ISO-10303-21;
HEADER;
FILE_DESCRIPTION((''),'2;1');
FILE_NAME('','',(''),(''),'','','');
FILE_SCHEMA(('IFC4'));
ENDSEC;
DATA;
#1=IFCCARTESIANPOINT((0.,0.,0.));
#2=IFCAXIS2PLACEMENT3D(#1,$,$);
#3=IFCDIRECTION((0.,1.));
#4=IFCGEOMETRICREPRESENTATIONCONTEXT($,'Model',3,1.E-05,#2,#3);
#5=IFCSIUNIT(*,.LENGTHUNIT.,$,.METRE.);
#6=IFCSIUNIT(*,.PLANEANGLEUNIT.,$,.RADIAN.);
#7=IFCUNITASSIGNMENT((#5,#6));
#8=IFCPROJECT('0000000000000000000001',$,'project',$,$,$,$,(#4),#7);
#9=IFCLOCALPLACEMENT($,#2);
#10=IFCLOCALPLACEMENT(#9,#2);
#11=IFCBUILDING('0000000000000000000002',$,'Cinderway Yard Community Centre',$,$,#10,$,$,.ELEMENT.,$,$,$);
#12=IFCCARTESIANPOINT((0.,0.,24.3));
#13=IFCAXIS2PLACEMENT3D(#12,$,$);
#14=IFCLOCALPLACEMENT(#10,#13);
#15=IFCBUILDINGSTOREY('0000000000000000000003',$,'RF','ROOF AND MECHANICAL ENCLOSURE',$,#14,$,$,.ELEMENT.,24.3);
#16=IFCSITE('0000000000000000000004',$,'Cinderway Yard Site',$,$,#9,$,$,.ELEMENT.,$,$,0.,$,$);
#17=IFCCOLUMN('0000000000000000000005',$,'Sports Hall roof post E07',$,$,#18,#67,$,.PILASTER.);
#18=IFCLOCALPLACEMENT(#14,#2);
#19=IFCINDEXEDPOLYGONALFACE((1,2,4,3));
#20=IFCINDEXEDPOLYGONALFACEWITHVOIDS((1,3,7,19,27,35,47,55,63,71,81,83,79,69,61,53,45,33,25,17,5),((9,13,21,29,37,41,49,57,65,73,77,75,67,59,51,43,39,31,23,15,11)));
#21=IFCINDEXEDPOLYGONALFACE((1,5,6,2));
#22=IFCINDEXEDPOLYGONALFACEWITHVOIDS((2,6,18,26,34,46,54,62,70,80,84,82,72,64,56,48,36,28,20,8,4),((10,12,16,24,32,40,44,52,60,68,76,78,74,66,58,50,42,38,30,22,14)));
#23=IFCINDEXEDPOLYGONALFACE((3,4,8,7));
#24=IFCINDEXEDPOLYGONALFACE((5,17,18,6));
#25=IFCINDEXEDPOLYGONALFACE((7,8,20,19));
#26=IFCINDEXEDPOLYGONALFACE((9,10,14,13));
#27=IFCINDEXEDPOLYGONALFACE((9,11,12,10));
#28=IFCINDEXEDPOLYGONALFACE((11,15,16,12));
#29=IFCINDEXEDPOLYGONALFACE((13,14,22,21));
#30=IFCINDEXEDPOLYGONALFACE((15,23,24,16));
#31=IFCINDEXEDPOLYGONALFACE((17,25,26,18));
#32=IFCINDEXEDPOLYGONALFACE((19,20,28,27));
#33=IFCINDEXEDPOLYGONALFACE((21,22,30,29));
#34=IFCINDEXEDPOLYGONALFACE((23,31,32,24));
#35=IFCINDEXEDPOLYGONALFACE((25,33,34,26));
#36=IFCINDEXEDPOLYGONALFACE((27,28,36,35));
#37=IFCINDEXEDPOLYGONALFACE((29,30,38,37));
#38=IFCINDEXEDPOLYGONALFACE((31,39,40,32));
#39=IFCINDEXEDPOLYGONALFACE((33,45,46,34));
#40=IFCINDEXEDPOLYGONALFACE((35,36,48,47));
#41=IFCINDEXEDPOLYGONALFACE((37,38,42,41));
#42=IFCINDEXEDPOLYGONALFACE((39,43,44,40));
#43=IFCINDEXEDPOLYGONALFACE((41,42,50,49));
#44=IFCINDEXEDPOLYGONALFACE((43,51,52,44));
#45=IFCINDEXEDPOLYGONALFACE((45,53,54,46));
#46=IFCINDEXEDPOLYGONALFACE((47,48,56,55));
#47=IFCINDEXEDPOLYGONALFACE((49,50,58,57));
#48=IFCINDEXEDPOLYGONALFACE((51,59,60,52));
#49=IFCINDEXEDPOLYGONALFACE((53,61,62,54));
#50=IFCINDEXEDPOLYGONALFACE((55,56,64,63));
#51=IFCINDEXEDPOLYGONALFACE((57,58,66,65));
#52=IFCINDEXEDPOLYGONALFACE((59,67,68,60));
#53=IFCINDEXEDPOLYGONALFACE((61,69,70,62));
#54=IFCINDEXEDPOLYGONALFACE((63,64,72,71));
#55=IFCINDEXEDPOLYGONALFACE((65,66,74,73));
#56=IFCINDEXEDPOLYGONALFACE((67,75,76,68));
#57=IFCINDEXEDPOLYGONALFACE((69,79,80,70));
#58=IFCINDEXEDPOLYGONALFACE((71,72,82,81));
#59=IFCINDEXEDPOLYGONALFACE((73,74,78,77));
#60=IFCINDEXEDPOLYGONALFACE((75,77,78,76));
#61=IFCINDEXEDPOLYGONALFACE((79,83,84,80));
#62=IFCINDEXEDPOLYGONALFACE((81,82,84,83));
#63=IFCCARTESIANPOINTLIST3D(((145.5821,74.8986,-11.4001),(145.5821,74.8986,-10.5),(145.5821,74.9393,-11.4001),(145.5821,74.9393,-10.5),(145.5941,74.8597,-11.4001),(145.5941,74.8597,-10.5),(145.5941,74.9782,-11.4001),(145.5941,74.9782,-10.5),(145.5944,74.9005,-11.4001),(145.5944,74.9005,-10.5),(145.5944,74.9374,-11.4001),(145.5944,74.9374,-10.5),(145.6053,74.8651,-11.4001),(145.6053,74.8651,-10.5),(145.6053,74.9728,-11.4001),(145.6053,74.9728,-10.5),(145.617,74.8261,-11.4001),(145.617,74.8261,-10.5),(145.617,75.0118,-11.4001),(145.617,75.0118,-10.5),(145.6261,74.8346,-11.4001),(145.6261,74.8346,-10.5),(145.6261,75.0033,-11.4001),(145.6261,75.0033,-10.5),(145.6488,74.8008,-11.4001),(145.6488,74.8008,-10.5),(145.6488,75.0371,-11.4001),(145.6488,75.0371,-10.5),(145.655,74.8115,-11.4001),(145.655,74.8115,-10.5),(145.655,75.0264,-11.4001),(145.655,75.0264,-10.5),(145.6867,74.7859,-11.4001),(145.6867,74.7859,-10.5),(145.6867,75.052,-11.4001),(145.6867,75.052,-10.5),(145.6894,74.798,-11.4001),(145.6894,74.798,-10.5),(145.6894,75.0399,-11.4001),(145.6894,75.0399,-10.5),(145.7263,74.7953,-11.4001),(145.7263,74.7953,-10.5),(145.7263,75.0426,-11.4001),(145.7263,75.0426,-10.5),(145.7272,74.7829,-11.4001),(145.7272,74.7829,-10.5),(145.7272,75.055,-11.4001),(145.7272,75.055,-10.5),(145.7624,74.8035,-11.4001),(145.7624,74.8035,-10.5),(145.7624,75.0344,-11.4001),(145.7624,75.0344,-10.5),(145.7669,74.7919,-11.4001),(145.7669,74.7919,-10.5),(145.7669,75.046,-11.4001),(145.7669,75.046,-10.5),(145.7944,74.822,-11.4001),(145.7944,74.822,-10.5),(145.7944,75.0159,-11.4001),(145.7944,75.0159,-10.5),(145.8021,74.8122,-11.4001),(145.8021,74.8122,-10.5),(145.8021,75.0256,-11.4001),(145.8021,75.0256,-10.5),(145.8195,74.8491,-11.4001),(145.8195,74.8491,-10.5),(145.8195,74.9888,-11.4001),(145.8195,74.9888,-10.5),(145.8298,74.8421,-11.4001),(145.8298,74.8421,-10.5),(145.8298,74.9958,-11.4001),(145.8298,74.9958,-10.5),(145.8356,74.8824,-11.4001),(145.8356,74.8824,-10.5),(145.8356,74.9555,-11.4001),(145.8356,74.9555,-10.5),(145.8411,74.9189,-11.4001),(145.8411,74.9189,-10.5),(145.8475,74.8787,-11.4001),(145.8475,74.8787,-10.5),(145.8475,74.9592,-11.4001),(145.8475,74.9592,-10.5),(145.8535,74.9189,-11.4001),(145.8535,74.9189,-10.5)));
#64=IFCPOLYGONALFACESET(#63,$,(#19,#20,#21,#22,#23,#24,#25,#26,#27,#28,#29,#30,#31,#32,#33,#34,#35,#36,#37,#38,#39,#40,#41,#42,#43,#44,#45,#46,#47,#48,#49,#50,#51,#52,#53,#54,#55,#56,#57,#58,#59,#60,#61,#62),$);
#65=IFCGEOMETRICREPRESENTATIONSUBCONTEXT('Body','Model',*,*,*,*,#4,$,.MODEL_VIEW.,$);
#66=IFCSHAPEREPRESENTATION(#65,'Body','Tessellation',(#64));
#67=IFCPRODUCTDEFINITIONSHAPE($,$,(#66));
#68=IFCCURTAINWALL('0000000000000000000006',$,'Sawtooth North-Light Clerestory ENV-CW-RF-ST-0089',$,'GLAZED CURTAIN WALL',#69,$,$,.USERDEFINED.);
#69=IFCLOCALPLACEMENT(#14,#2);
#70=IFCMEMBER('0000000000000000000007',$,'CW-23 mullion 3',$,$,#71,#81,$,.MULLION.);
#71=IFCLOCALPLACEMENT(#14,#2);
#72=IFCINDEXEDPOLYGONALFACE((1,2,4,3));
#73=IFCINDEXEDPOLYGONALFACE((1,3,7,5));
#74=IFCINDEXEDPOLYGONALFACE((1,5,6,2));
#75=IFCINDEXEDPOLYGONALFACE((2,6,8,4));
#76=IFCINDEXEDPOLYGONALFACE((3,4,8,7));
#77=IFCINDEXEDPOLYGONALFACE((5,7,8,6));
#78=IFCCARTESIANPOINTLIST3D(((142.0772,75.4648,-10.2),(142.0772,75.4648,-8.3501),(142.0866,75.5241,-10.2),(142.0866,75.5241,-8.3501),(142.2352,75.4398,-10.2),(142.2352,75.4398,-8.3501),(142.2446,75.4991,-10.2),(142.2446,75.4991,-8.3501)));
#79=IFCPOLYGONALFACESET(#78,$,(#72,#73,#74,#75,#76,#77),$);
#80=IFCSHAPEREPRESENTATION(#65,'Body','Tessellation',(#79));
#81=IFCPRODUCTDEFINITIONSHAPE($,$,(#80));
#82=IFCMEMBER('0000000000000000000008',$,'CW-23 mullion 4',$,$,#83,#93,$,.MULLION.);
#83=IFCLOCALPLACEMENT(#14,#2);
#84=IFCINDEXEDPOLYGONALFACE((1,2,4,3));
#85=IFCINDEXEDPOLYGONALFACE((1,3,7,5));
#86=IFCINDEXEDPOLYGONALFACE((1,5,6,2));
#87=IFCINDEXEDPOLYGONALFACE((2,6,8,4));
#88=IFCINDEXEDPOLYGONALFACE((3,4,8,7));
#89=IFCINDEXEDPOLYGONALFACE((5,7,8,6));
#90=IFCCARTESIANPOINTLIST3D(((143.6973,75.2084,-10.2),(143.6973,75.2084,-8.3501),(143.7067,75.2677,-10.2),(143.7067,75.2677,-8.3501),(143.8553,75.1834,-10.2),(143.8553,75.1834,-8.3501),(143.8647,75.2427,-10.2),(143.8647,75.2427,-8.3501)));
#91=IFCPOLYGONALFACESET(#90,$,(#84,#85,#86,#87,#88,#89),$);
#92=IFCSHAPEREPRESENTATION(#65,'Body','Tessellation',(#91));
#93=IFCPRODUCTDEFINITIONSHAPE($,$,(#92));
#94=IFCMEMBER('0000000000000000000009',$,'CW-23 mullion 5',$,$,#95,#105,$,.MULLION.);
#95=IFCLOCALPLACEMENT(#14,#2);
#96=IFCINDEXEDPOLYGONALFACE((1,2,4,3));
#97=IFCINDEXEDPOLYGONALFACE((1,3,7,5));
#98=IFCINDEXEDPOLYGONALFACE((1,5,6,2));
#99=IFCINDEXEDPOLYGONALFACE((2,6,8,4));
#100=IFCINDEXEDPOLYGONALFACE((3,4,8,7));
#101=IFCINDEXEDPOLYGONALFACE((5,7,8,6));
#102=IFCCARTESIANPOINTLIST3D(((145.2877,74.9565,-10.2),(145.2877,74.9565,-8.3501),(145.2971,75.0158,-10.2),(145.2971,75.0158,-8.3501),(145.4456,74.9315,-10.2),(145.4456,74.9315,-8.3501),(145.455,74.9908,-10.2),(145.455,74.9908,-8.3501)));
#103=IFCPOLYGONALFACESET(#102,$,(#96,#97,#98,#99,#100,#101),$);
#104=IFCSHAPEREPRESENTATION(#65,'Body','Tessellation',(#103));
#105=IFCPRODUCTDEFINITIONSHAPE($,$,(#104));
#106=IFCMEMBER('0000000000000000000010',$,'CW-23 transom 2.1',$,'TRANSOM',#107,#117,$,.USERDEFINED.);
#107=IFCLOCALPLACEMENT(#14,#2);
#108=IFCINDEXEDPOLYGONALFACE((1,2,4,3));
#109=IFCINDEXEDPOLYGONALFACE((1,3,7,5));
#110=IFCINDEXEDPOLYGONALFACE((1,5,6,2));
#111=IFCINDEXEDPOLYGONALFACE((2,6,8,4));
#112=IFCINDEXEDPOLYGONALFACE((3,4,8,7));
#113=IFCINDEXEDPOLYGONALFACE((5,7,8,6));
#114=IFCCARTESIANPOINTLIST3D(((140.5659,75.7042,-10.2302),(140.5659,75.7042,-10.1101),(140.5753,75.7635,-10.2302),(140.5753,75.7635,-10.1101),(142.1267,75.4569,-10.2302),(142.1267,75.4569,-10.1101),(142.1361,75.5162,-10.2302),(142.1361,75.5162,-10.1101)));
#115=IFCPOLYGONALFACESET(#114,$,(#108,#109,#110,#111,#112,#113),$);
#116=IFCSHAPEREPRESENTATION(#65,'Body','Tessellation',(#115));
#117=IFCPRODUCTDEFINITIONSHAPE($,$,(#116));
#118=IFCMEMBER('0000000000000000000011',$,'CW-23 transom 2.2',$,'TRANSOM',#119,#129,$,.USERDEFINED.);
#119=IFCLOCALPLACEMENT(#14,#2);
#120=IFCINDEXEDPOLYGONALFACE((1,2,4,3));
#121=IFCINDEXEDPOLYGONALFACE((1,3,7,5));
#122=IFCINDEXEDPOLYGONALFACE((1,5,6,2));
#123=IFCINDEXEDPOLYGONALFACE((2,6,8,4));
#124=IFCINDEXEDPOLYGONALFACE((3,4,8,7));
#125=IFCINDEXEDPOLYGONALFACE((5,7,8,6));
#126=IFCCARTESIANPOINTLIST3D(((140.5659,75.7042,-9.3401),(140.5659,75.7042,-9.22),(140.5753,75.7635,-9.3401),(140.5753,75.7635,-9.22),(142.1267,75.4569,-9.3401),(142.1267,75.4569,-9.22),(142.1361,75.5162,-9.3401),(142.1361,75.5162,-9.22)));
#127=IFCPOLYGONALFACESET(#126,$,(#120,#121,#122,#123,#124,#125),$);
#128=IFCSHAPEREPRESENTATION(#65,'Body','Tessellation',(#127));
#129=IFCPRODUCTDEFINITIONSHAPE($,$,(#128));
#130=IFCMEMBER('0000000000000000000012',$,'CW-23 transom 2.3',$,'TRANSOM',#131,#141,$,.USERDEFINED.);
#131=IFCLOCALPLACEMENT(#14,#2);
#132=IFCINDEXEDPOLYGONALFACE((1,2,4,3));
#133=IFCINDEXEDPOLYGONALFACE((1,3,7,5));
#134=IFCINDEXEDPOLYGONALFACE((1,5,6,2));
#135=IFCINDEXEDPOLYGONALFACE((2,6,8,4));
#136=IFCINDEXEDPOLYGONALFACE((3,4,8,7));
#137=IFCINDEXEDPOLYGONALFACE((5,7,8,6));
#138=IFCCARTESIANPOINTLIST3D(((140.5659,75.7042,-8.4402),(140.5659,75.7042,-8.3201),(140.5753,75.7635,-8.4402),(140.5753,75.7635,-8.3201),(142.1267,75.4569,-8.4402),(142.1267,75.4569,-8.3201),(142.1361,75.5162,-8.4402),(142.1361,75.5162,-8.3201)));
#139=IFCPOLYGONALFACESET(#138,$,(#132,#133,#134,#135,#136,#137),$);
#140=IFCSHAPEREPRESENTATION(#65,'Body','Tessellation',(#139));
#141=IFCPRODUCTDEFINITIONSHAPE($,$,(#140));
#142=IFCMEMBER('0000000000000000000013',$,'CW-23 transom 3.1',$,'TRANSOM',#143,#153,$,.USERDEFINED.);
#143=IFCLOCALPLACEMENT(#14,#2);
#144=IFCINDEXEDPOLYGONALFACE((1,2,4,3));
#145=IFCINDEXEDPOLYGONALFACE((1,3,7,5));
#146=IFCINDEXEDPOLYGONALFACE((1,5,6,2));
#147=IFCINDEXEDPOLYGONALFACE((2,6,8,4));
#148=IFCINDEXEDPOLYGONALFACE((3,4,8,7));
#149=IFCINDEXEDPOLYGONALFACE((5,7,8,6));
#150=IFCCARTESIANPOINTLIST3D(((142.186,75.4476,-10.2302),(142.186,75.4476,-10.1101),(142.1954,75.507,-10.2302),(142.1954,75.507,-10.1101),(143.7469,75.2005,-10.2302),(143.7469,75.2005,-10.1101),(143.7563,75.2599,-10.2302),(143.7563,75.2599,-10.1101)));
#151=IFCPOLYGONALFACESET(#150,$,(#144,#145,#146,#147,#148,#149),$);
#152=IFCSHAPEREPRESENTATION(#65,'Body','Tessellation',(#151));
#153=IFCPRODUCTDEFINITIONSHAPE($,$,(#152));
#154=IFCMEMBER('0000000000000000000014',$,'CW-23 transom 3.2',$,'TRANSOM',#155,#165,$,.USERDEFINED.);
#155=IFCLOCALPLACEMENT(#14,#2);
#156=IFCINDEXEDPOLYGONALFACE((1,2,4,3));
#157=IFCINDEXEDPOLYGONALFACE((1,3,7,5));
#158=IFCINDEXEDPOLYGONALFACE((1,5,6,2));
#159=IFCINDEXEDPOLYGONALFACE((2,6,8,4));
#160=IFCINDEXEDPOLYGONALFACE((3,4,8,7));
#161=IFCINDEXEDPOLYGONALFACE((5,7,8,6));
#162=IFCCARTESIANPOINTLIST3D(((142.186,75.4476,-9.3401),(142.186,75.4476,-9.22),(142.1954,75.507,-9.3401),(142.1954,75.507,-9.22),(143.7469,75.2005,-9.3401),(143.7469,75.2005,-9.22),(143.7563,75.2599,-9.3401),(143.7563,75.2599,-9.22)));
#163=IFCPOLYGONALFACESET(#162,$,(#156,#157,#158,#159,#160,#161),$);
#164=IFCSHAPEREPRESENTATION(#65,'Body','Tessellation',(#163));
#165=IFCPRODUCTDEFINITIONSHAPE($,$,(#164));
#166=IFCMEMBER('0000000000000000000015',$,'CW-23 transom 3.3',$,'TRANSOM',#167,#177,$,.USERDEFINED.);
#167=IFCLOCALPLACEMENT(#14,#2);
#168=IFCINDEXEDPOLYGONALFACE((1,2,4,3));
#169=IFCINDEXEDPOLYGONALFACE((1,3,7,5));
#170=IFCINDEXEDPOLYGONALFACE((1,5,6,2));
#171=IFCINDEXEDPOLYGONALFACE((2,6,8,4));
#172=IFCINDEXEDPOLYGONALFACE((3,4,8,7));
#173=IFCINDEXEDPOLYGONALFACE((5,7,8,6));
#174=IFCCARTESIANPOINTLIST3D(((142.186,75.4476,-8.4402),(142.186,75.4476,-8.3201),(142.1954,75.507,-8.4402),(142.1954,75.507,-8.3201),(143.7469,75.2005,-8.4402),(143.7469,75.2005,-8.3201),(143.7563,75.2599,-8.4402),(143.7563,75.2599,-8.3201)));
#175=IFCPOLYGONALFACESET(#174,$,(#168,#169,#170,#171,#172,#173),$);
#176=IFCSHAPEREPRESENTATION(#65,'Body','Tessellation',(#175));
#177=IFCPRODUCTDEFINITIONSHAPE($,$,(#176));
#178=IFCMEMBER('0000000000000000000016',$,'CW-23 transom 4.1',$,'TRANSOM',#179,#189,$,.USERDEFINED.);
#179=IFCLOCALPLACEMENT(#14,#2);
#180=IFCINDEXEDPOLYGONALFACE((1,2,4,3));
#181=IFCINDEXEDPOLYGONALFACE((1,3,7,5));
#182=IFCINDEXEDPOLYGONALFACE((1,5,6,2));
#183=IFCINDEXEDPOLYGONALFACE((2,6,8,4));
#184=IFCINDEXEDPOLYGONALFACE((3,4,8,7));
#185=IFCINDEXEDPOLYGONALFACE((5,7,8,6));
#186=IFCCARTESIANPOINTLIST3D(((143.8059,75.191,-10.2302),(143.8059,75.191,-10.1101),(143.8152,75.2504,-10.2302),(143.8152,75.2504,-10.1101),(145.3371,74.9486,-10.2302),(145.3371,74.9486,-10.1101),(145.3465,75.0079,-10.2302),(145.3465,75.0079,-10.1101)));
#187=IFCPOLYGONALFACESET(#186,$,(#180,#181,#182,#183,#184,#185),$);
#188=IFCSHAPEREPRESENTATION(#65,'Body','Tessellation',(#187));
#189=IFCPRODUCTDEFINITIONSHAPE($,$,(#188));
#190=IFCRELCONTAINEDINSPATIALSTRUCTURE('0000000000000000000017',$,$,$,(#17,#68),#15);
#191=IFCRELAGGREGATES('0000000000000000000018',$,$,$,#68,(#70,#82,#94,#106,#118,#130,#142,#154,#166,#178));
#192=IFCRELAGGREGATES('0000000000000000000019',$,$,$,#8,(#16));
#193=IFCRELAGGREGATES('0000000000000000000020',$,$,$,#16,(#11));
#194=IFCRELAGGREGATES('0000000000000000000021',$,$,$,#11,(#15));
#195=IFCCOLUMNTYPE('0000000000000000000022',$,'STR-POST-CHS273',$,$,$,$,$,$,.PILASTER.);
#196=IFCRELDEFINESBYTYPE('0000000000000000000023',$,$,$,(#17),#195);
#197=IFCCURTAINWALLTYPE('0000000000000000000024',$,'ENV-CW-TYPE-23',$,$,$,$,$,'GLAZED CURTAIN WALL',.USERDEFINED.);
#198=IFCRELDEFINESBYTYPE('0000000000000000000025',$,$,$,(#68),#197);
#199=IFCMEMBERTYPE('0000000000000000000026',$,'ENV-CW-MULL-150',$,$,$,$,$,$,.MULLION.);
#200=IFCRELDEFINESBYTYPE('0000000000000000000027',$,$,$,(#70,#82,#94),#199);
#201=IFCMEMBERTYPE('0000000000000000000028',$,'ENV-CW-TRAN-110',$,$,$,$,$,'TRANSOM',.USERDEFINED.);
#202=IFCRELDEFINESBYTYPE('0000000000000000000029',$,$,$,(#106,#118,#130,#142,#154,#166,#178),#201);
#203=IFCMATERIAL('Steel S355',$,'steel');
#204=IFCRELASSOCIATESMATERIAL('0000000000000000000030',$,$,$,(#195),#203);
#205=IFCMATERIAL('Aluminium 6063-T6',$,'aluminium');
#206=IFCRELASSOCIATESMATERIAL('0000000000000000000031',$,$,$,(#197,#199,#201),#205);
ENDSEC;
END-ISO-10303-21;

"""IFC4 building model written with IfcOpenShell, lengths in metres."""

from ifc_helpers import new_model, si_unit, direction, frame, origin, origin_2d, place, context, subcontext, project, spatial, rectangle, hollow_circle, extrude, material, material_profile, profile_set, type_object, element, aggregate, save


model = new_model("IFC4")

# Units and contexts
model_context = context("Model", 3, precision=1e-05, world=origin(), true_north=direction((0.0, 1.0)))
body_context = subcontext(model_context, "Body", "Model", "MODEL_VIEW")
ifc_project = project(units=[si_unit("LENGTHUNIT", "METRE"), si_unit("PLANEANGLEUNIT", "RADIAN")], contexts=[model_context])

# Site, building, storey
site_placement = place(None, origin())
site = spatial("IfcSite", under=ifc_project, at=site_placement, Name="Cinderway Yard Site", CompositionType="ELEMENT", RefElevation=0.0)
building_placement = place(site_placement, origin())
building = spatial("IfcBuilding", under=site, at=building_placement, Name="Cinderway Yard Community Centre", CompositionType="ELEMENT")
storey_placement = place(building_placement, frame((0.0, 0.0, 24.3)))
storey = spatial("IfcBuildingStorey", under=building, at=storey_placement, Name="RF", Description="ROOF AND MECHANICAL ENCLOSURE", CompositionType="ELEMENT", Elevation=24.3)

# Column
ifc_material_1 = material(Name="Steel S355", Category="steel")
ifc_material_profile_1 = material_profile(ifc_material_1, hollow_circle(Radius=0.1365, WallThickness=0.0125, at=origin_2d()), Name="Steel S355")
ifc_profile_set_1 = profile_set([ifc_material_profile_1], Name="Steel S355")
column_type = type_object("IfcColumnType", Name="STR-POST-CHS273", PredefinedType="PILASTER", material=ifc_profile_set_1)
column_placement = place(storey_placement, frame((145.717, 74.9189, -11.4001), z_axis=(0.0, 0.0, 1.0), x_axis=(1.0, 0.0, 0.0)))
element("IfcColumn", 1, at=column_placement, inside=storey, type_object=column_type, Name="Sports Hall roof post E07", PredefinedType="PILASTER", context=body_context, shape_type="SweptSolid", body=[
    extrude(hollow_circle(Radius=0.1365, WallThickness=0.0125, at=origin_2d()), origin(), (0.0, 0.0, 1.0), 0.9001),
])

# Curtain wall, members
ifc_material_2 = material(Name="Aluminium 6063-T6", Category="aluminium")
curtain_wall_type = type_object("IfcCurtainWallType", Name="ENV-CW-TYPE-23", ElementType="GLAZED CURTAIN WALL", PredefinedType="USERDEFINED", material=ifc_material_2)
curtain_wall_placement = place(storey_placement, origin())
curtain_wall = element("IfcCurtainWall", 2, at=curtain_wall_placement, inside=storey, type_object=curtain_wall_type, Name="Sawtooth North-Light Clerestory ENV-CW-RF-ST-0089", ObjectType="GLAZED CURTAIN WALL", PredefinedType="USERDEFINED")
ifc_material_profile_2 = material_profile(ifc_material_2, rectangle(XDim=0.0601, YDim=0.1599, at=origin_2d()), Name="Aluminium 6063-T6")
ifc_profile_set_2 = profile_set([ifc_material_profile_2], Name="Aluminium 6063-T6")
member_type_1 = type_object("IfcMemberType", Name="ENV-CW-MULL-150", PredefinedType="MULLION", material=ifc_profile_set_2)
member_1_placement = place(storey_placement, frame((142.1609, 75.4819, -10.2), z_axis=(0.0, 0.0, 1.0), x_axis=(0.156385, 0.987696, 0.0)))
member_1 = element("IfcMember", 3, at=member_1_placement, type_object=member_type_1, Name="CW-23 mullion 3", PredefinedType="MULLION", context=body_context, shape_type="SweptSolid", body=[
    extrude(rectangle(XDim=0.0601, YDim=0.1599, at=origin_2d()), origin(), (0.0, 0.0, 1.0), 1.8499),
])
member_2_placement = place(storey_placement, frame((143.781, 75.2256, -10.2), z_axis=(0.0, 0.0, 1.0), x_axis=(0.156385, 0.987696, 0.0)))
member_2 = element("IfcMember", 4, at=member_2_placement, type_object=member_type_1, Name="CW-23 mullion 4", PredefinedType="MULLION", context=body_context, shape_type="SweptSolid", body=[
    extrude(rectangle(XDim=0.0601, YDim=0.1599, at=origin_2d()), origin(), (0.0, 0.0, 1.0), 1.8499),
])
member_3_placement = place(storey_placement, frame((145.3713, 74.9736, -10.2), z_axis=(0.0, 0.0, 1.0), x_axis=(0.156385, 0.987696, 0.0)))
member_3 = element("IfcMember", 5, at=member_3_placement, type_object=member_type_1, Name="CW-23 mullion 5", PredefinedType="MULLION", context=body_context, shape_type="SweptSolid", body=[
    extrude(rectangle(XDim=0.0601, YDim=0.1599, at=origin_2d()), origin(), (0.0, 0.0, 1.0), 1.8499),
])
ifc_material_profile_3 = material_profile(ifc_material_2, rectangle(XDim=0.0601, YDim=0.1201, at=origin_2d()), Name="Aluminium 6063-T6")
ifc_profile_set_3 = profile_set([ifc_material_profile_3], Name="Aluminium 6063-T6")
member_type_2 = type_object("IfcMemberType", Name="ENV-CW-TRAN-110", ElementType="TRANSOM", PredefinedType="USERDEFINED", material=ifc_profile_set_3)
member_4_placement = place(storey_placement, frame((140.5706, 75.7339, -10.1702), z_axis=(0.987678, -0.156502, 0.0), x_axis=(0.156502, 0.987678, 0.0)))
member_4 = element("IfcMember", 6, at=member_4_placement, type_object=member_type_2, Name="CW-23 transom 2.1", ObjectType="TRANSOM", PredefinedType="USERDEFINED", context=body_context, shape_type="SweptSolid", body=[
    extrude(rectangle(XDim=0.0601, YDim=0.1201, at=origin_2d()), origin(), (0.0, 0.0, 1.0), 1.5803),
])
member_5_placement = place(storey_placement, frame((140.5706, 75.7339, -9.28), z_axis=(0.987678, -0.156502, 0.0), x_axis=(0.156502, 0.987678, 0.0)))
member_5 = element("IfcMember", 7, at=member_5_placement, type_object=member_type_2, Name="CW-23 transom 2.2", ObjectType="TRANSOM", PredefinedType="USERDEFINED", context=body_context, shape_type="SweptSolid", body=[
    extrude(rectangle(XDim=0.0601, YDim=0.1201, at=origin_2d()), origin(), (0.0, 0.0, 1.0), 1.5803),
])
member_6_placement = place(storey_placement, frame((140.5706, 75.7339, -8.3801), z_axis=(0.987678, -0.156502, 0.0), x_axis=(0.156502, 0.987678, 0.0)))
member_6 = element("IfcMember", 8, at=member_6_placement, type_object=member_type_2, Name="CW-23 transom 2.3", ObjectType="TRANSOM", PredefinedType="USERDEFINED", context=body_context, shape_type="SweptSolid", body=[
    extrude(rectangle(XDim=0.0601, YDim=0.1201, at=origin_2d()), origin(), (0.0, 0.0, 1.0), 1.5803),
])
member_7_placement = place(storey_placement, frame((142.1907, 75.4773, -10.1702), z_axis=(0.987702, -0.156351, 0.0), x_axis=(0.156351, 0.987702, 0.0)))
member_7 = element("IfcMember", 9, at=member_7_placement, type_object=member_type_2, Name="CW-23 transom 3.1", ObjectType="TRANSOM", PredefinedType="USERDEFINED", context=body_context, shape_type="SweptSolid", body=[
    extrude(rectangle(XDim=0.0601, YDim=0.1201, at=origin_2d()), origin(), (0.0, 0.0, 1.0), 1.5803),
])
member_8_placement = place(storey_placement, frame((142.1907, 75.4773, -9.28), z_axis=(0.987702, -0.156351, 0.0), x_axis=(0.156351, 0.987702, 0.0)))
member_8 = element("IfcMember", 10, at=member_8_placement, type_object=member_type_2, Name="CW-23 transom 3.2", ObjectType="TRANSOM", PredefinedType="USERDEFINED", context=body_context, shape_type="SweptSolid", body=[
    extrude(rectangle(XDim=0.0601, YDim=0.1201, at=origin_2d()), origin(), (0.0, 0.0, 1.0), 1.5803),
])
member_9_placement = place(storey_placement, frame((142.1907, 75.4773, -8.3801), z_axis=(0.987702, -0.156351, 0.0), x_axis=(0.156351, 0.987702, 0.0)))
member_9 = element("IfcMember", 11, at=member_9_placement, type_object=member_type_2, Name="CW-23 transom 3.3", ObjectType="TRANSOM", PredefinedType="USERDEFINED", context=body_context, shape_type="SweptSolid", body=[
    extrude(rectangle(XDim=0.0601, YDim=0.1201, at=origin_2d()), origin(), (0.0, 0.0, 1.0), 1.5803),
])
member_10_placement = place(storey_placement, frame((143.8105, 75.2207, -10.1702), z_axis=(0.987698, -0.156375, 0.0), x_axis=(0.156375, 0.987698, 0.0)))
member_10 = element("IfcMember", 12, at=member_10_placement, type_object=member_type_2, Name="CW-23 transom 4.1", ObjectType="TRANSOM", PredefinedType="USERDEFINED", context=body_context, shape_type="SweptSolid", body=[
    extrude(rectangle(XDim=0.0601, YDim=0.1201, at=origin_2d()), origin(), (0.0, 0.0, 1.0), 1.5503),
])

aggregate(curtain_wall, [member_1, member_2, member_3, member_4, member_5, member_6, member_7, member_8, member_9, member_10])

save(model, "model.ifc")
